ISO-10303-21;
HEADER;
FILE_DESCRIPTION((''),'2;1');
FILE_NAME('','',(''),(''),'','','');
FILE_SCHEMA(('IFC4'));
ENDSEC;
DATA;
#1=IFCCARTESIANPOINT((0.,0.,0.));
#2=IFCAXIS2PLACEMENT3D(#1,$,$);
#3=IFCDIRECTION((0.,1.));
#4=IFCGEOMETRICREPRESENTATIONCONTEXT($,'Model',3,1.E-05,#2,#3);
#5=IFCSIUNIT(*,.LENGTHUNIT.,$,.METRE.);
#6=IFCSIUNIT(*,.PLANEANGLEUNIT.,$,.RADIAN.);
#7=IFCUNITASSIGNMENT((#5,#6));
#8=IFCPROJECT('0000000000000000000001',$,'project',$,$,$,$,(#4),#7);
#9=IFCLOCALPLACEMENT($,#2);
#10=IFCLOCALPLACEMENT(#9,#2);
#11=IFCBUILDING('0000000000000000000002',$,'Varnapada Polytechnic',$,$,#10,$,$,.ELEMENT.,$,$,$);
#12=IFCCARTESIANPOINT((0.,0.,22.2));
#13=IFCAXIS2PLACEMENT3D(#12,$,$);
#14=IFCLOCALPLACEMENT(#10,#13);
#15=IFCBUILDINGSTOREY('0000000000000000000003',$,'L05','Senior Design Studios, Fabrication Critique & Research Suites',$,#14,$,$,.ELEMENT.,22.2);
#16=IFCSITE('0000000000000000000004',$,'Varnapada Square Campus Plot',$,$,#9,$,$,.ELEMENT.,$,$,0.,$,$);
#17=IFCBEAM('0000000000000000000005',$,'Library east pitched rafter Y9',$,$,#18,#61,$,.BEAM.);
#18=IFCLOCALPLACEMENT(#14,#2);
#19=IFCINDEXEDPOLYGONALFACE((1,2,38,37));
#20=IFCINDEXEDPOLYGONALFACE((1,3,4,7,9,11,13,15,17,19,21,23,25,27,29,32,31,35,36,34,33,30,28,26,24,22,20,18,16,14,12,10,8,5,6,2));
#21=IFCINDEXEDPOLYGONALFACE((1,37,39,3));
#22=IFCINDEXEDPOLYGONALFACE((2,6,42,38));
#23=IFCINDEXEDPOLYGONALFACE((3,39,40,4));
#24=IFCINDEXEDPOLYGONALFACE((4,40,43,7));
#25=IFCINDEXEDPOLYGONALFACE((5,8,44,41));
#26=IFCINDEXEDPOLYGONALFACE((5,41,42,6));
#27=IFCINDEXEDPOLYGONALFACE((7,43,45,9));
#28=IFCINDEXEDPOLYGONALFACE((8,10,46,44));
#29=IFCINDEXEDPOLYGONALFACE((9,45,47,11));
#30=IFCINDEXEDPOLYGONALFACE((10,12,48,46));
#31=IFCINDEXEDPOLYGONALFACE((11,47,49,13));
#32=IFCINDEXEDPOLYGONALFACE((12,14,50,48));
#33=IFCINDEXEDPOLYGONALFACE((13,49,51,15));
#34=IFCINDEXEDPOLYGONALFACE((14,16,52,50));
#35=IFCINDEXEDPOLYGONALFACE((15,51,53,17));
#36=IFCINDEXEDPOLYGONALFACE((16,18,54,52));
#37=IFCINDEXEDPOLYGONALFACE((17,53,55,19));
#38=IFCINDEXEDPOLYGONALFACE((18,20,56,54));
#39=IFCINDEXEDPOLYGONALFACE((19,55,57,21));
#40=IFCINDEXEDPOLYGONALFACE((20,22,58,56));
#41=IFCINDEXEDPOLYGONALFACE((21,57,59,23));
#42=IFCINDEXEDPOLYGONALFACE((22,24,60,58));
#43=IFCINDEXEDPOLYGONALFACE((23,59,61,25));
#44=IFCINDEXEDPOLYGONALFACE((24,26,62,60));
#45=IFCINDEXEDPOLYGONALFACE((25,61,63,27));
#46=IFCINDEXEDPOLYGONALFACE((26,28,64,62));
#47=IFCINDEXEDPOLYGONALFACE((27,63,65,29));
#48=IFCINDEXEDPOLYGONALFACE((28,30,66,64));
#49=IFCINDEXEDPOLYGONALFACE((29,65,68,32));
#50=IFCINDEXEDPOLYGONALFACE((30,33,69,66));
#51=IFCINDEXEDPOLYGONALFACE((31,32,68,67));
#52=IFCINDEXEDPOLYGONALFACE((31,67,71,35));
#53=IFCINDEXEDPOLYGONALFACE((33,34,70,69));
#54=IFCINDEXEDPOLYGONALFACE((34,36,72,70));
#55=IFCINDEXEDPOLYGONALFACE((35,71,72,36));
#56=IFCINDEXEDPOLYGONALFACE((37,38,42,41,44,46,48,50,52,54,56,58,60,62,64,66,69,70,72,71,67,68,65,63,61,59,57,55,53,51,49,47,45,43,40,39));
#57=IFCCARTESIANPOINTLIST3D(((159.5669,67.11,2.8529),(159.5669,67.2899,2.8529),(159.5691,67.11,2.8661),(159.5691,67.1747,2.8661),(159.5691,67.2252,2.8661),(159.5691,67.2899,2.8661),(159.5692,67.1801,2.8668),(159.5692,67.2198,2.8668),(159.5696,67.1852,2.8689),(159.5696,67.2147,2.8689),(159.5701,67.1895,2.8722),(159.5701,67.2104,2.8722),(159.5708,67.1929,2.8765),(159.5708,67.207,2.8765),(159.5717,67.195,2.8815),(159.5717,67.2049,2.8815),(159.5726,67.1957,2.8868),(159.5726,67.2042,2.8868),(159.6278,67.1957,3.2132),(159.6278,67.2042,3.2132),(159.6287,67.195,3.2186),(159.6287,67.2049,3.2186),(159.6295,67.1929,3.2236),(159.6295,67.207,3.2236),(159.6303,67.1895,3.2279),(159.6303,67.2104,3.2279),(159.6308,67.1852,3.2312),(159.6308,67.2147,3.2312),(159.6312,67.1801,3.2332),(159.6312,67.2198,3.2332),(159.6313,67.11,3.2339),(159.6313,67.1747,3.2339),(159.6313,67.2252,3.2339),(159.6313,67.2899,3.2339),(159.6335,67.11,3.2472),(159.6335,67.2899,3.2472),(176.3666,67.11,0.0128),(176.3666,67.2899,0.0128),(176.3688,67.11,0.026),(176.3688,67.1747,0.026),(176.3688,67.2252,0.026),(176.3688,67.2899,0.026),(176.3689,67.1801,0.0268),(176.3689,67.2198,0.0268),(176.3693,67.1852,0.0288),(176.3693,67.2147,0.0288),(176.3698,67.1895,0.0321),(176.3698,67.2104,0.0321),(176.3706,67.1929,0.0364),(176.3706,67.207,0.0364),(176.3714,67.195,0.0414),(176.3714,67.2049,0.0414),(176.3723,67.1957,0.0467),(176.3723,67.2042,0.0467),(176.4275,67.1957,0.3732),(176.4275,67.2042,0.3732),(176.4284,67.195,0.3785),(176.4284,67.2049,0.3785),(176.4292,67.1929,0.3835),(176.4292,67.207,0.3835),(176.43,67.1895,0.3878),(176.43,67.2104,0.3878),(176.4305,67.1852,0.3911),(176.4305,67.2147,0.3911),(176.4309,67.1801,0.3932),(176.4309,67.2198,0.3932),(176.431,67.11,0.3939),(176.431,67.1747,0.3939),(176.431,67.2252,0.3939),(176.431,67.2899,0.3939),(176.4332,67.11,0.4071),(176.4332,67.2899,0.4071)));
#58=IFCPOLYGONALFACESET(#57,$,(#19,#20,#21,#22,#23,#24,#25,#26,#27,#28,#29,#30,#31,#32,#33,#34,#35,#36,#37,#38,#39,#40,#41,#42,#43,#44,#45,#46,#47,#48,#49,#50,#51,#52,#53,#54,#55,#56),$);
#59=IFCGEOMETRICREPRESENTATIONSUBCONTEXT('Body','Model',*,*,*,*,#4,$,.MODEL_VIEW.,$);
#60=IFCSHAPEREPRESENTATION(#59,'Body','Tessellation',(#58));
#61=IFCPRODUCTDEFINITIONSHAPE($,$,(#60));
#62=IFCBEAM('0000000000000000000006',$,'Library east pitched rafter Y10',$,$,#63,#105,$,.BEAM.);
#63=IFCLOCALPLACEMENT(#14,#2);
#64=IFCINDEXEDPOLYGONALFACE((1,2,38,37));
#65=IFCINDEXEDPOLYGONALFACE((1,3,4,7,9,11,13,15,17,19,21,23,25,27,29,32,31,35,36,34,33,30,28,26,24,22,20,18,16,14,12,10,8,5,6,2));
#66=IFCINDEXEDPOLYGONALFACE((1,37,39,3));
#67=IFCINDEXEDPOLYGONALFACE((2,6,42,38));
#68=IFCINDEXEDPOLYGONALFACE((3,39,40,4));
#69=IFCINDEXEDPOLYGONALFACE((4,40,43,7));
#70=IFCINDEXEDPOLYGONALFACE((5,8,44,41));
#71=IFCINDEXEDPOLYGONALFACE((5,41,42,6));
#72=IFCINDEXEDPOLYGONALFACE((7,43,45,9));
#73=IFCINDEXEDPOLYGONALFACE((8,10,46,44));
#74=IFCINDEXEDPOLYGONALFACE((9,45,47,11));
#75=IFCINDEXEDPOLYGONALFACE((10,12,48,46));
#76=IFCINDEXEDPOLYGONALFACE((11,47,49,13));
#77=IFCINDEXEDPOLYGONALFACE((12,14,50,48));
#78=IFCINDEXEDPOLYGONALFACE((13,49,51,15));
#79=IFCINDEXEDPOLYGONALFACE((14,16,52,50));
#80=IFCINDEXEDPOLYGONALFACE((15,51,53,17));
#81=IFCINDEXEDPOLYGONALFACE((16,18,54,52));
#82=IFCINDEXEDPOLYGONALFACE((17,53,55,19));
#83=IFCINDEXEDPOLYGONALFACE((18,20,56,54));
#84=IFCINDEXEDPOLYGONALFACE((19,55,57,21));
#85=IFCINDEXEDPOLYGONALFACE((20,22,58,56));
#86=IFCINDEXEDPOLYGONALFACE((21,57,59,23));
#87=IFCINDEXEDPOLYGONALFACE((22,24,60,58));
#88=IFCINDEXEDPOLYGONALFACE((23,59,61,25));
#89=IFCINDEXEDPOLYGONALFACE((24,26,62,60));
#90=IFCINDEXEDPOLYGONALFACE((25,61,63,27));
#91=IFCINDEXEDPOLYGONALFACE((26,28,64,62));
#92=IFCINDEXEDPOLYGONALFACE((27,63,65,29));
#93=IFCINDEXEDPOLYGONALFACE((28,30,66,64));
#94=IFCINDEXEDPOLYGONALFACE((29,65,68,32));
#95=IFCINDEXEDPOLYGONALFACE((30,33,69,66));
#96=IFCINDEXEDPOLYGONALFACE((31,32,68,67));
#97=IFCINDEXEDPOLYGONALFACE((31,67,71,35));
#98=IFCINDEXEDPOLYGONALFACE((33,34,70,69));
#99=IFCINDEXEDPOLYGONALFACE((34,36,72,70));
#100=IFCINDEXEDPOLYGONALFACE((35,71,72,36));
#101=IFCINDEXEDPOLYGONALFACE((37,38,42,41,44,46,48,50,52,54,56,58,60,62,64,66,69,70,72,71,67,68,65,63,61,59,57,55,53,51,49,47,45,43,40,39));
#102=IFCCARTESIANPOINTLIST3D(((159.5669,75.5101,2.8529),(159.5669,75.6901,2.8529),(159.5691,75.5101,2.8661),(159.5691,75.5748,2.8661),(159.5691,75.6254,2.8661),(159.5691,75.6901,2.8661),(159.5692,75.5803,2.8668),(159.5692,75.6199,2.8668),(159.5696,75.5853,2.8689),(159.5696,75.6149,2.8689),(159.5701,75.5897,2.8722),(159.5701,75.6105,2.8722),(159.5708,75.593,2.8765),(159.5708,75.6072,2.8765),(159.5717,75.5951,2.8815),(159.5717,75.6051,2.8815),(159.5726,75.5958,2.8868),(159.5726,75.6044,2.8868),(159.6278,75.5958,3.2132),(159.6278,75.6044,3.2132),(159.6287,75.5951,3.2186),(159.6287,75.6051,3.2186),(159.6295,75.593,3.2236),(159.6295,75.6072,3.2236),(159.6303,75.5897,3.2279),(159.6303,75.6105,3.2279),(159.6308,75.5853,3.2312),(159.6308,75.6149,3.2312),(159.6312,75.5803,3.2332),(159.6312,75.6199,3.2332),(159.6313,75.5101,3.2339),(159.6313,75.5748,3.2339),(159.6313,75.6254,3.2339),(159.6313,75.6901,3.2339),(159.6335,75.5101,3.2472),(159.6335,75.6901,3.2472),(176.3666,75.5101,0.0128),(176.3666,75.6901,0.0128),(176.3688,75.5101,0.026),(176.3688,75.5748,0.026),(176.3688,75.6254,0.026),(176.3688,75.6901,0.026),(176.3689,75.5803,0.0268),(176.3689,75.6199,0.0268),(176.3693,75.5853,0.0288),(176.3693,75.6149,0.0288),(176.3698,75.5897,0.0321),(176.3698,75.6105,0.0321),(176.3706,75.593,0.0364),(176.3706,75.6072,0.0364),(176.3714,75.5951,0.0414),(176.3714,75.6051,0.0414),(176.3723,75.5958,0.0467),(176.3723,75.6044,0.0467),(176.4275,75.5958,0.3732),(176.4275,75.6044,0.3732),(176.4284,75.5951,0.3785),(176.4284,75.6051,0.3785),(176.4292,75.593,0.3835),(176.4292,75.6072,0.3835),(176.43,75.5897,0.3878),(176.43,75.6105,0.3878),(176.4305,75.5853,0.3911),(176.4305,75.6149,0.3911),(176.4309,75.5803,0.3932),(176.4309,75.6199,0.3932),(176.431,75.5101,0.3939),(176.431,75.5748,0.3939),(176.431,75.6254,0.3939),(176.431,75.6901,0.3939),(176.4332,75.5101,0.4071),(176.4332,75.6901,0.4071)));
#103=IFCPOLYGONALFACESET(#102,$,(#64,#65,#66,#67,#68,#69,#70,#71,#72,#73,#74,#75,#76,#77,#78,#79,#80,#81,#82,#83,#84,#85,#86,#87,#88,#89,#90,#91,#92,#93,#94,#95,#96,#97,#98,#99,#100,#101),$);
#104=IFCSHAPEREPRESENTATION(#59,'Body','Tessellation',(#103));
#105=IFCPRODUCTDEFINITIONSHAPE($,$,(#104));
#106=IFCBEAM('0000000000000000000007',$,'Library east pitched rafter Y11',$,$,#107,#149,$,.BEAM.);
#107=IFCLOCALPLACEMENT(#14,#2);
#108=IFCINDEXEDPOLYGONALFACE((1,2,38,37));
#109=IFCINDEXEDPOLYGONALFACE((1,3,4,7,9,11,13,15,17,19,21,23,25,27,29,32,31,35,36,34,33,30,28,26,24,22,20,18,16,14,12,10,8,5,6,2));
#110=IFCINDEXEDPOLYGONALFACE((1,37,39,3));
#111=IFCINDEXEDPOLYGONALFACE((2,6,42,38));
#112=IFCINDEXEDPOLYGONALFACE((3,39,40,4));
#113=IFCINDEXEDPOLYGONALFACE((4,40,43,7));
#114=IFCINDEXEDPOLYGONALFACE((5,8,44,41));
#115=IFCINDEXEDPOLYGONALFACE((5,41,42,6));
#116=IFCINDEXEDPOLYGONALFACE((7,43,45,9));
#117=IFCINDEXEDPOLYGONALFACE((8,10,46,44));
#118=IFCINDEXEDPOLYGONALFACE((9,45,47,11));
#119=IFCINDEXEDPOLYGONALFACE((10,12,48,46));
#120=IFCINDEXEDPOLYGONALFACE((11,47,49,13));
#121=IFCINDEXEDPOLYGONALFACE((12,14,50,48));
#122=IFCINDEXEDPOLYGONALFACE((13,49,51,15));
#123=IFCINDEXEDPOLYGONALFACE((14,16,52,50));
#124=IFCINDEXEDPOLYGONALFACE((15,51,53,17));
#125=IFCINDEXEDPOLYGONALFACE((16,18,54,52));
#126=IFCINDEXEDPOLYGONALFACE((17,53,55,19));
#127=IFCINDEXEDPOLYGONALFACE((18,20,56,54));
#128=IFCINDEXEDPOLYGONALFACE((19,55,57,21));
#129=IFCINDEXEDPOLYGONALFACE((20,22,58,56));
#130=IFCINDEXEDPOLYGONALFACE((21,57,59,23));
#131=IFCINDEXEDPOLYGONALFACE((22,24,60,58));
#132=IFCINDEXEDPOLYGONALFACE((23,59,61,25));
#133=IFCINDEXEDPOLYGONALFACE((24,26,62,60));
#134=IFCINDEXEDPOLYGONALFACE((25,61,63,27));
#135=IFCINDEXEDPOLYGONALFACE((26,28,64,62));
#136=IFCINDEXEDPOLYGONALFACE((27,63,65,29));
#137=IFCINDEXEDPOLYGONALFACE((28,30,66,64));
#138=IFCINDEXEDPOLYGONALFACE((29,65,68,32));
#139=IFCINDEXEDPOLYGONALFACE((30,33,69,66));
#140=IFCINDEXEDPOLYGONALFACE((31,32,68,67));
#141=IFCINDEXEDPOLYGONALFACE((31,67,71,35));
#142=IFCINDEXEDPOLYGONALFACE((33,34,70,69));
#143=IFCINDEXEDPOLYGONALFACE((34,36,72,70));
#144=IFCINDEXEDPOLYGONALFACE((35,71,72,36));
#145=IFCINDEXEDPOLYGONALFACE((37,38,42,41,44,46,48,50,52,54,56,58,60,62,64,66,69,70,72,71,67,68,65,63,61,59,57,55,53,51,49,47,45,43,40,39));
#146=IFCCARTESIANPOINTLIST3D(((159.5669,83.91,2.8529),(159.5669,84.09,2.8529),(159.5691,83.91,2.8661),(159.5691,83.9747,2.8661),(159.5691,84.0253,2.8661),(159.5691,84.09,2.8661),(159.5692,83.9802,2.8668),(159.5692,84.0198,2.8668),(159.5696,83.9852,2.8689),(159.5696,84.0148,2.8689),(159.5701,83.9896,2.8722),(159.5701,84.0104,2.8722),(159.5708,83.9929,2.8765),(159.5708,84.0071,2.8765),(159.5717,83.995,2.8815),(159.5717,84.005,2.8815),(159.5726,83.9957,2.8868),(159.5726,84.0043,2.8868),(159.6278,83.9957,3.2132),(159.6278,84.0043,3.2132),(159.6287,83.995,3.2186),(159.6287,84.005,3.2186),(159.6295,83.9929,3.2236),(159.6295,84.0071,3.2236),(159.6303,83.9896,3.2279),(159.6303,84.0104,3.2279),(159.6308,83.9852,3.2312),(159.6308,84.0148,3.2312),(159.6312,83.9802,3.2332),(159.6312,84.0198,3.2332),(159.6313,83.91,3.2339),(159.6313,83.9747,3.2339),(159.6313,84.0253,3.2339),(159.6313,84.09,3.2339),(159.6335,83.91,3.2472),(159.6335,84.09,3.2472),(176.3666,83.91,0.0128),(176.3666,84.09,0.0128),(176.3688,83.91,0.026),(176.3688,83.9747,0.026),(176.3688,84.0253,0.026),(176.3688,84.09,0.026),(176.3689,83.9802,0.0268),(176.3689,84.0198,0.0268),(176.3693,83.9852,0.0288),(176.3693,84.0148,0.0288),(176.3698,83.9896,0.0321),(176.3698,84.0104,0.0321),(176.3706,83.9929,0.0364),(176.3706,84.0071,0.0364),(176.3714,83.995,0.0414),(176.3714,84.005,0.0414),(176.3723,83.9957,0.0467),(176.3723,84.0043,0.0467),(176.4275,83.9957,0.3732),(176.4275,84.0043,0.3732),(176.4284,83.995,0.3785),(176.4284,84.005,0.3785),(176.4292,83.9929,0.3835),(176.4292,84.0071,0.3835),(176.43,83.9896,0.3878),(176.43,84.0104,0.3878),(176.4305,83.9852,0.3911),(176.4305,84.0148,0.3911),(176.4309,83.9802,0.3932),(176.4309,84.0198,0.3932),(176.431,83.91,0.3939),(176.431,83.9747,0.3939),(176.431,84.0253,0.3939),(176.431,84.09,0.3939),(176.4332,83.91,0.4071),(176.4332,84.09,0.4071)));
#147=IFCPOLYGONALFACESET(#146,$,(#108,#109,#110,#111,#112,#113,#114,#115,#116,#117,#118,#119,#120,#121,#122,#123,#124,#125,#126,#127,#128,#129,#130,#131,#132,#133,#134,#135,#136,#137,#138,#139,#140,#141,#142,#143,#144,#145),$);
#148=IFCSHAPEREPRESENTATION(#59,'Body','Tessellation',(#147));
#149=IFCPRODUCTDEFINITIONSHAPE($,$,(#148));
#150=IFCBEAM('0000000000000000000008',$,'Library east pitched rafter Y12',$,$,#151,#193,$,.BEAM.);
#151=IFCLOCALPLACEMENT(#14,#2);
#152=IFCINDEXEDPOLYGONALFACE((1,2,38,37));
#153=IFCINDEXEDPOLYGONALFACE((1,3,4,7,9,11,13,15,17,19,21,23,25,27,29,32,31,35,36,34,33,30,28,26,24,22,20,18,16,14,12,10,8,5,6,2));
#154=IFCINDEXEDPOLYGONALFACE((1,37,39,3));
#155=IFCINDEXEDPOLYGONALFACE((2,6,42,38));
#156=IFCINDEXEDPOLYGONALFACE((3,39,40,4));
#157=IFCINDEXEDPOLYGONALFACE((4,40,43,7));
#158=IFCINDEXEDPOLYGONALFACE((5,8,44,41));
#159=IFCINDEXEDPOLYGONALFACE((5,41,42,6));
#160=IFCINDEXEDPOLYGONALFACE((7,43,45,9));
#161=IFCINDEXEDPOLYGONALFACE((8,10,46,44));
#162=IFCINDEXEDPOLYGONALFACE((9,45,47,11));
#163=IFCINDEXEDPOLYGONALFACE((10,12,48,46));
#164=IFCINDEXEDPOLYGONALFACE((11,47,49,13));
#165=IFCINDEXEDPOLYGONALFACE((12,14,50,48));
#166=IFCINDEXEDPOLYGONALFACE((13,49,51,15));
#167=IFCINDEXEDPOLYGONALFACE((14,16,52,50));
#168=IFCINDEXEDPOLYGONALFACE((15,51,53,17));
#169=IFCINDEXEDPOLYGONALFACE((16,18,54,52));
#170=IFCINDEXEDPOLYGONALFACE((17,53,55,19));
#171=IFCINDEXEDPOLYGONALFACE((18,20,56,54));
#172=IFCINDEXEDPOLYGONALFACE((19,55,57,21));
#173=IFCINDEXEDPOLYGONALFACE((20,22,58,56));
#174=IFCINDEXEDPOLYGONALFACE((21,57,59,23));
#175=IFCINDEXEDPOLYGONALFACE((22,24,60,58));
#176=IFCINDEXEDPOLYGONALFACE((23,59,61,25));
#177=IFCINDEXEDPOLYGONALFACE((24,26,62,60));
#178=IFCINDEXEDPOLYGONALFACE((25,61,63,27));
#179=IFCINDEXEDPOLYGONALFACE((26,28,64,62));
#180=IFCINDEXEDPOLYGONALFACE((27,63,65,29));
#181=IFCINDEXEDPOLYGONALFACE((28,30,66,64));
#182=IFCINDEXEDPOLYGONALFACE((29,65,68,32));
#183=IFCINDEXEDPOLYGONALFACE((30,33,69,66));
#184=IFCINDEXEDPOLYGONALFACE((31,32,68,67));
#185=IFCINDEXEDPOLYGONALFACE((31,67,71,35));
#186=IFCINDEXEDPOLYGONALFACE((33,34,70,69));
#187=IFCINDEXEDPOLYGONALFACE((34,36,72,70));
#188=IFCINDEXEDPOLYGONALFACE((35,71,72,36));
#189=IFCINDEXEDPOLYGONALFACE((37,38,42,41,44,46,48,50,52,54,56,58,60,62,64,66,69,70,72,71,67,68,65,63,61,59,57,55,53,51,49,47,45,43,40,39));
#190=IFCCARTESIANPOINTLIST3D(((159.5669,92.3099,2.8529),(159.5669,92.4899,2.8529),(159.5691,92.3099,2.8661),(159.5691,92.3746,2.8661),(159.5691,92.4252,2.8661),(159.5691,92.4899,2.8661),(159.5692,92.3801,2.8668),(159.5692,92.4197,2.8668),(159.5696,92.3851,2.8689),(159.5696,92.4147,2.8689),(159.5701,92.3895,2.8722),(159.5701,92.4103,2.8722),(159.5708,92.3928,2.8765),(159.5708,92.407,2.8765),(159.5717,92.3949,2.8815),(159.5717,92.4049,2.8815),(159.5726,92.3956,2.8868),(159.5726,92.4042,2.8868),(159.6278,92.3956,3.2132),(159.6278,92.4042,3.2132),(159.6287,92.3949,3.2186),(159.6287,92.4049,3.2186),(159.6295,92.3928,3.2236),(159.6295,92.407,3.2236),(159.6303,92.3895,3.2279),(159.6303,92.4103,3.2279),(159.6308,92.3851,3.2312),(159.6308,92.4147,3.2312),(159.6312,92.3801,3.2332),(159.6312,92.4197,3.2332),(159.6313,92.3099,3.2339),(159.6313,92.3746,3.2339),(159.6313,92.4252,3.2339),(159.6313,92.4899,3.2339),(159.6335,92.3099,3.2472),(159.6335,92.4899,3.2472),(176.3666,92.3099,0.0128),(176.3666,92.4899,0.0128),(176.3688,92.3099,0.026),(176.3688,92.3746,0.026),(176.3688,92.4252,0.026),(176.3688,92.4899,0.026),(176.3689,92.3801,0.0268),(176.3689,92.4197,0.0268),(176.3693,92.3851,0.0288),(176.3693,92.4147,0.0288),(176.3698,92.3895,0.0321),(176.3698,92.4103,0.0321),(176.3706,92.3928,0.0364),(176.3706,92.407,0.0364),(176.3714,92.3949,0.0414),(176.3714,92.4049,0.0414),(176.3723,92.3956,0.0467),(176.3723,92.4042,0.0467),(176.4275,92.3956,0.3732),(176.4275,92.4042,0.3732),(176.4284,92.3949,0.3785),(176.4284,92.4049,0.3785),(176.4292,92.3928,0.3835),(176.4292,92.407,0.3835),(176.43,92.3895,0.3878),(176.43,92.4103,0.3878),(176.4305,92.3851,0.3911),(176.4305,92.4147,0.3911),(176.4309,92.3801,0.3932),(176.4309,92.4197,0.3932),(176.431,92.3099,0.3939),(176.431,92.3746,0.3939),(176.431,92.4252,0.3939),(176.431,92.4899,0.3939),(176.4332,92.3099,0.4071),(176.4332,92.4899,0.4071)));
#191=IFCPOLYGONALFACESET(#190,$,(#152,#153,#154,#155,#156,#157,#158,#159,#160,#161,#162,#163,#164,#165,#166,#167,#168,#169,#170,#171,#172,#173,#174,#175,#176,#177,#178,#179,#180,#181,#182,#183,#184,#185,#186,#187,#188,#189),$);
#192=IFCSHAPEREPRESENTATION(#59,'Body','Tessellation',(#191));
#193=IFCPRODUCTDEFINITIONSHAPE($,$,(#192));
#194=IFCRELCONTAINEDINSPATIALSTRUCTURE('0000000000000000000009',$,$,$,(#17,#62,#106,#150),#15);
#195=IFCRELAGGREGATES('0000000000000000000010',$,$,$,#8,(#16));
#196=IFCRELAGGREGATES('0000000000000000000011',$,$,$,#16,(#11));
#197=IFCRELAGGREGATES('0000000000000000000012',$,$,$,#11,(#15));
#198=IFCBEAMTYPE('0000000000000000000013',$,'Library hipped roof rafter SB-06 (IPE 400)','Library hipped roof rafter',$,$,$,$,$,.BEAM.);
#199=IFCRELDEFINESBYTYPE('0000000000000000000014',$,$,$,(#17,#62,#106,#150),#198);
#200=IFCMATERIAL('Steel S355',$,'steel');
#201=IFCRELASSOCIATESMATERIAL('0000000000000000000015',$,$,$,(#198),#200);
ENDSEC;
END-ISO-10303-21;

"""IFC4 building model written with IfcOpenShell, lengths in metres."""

from ifc_helpers import new_model, si_unit, direction, frame, origin, origin_2d, place, context, subcontext, project, spatial, i_section, extrude, material, material_profile, profile_set, type_object, element, save


model = new_model("IFC4")

# Units and contexts
model_context = context("Model", 3, precision=1e-05, world=origin(), true_north=direction((0.0, 1.0)))
body_context = subcontext(model_context, "Body", "Model", "MODEL_VIEW")
ifc_project = project(units=[si_unit("LENGTHUNIT", "METRE"), si_unit("PLANEANGLEUNIT", "RADIAN")], contexts=[model_context])

# Site, building, storey
site_placement = place(None, origin())
site = spatial("IfcSite", under=ifc_project, at=site_placement, Name="Varnapada Square Campus Plot", CompositionType="ELEMENT", RefElevation=0.0)
building_placement = place(site_placement, origin())
building = spatial("IfcBuilding", under=site, at=building_placement, Name="Varnapada Polytechnic", CompositionType="ELEMENT")
storey_placement = place(building_placement, frame((0.0, 0.0, 22.2)))
storey = spatial("IfcBuildingStorey", under=building, at=storey_placement, Name="L05", Description="Senior Design Studios, Fabrication Critique & Research Suites", CompositionType="ELEMENT", Elevation=22.2)

# Beams
ifc_material_1 = material(Name="Steel S355", Category="steel")
ifc_material_profile_1 = material_profile(ifc_material_1, i_section(OverallWidth=0.1799, OverallDepth=0.3999, WebThickness=0.0085, FlangeThickness=0.0134, FilletRadius=0.021, at=origin_2d()), Name="IPE 400")
ifc_profile_set_1 = profile_set([ifc_material_profile_1], Name="Steel S355")
beam_type = type_object("IfcBeamType", Name="Library hipped roof rafter SB-06 (IPE 400)", Description="Library hipped roof rafter", PredefinedType="BEAM", material=ifc_profile_set_1)
for number, where, z_axis, x_axis, name in (
    (1, (176.3999, 67.2, 0.21), (-0.986009, 0.0, 0.16669), (0.0, -1.0, 0.0), "Library east pitched rafter Y9"),
    (2, (176.3999, 75.6001, 0.21), (-0.986009, 0.0, 0.16669), (0.0, -1.0, 0.0), "Library east pitched rafter Y10"),
    (3, (176.3999, 84.0, 0.21), (-0.986009, 0.0, 0.16669), (0.0, -1.0, 0.0), "Library east pitched rafter Y11"),
    (4, (176.3999, 92.3999, 0.21), (-0.986009, 0.0, 0.16669), (0.0, -1.0, 0.0), "Library east pitched rafter Y12"),
):
    element("IfcBeam", number, at=place(storey_placement, frame(where, z_axis=z_axis, x_axis=x_axis)), inside=storey, type_object=beam_type, Name=name, PredefinedType="BEAM", context=body_context, shape_type="SweptSolid", body=[
        extrude(i_section(OverallWidth=0.1799, OverallDepth=0.3999, WebThickness=0.0085, FlangeThickness=0.0134, FilletRadius=0.021, at=origin_2d()), origin(), (0.0, 0.0, 1.0), 17.0381),
    ])

save(model, "model.ifc")
